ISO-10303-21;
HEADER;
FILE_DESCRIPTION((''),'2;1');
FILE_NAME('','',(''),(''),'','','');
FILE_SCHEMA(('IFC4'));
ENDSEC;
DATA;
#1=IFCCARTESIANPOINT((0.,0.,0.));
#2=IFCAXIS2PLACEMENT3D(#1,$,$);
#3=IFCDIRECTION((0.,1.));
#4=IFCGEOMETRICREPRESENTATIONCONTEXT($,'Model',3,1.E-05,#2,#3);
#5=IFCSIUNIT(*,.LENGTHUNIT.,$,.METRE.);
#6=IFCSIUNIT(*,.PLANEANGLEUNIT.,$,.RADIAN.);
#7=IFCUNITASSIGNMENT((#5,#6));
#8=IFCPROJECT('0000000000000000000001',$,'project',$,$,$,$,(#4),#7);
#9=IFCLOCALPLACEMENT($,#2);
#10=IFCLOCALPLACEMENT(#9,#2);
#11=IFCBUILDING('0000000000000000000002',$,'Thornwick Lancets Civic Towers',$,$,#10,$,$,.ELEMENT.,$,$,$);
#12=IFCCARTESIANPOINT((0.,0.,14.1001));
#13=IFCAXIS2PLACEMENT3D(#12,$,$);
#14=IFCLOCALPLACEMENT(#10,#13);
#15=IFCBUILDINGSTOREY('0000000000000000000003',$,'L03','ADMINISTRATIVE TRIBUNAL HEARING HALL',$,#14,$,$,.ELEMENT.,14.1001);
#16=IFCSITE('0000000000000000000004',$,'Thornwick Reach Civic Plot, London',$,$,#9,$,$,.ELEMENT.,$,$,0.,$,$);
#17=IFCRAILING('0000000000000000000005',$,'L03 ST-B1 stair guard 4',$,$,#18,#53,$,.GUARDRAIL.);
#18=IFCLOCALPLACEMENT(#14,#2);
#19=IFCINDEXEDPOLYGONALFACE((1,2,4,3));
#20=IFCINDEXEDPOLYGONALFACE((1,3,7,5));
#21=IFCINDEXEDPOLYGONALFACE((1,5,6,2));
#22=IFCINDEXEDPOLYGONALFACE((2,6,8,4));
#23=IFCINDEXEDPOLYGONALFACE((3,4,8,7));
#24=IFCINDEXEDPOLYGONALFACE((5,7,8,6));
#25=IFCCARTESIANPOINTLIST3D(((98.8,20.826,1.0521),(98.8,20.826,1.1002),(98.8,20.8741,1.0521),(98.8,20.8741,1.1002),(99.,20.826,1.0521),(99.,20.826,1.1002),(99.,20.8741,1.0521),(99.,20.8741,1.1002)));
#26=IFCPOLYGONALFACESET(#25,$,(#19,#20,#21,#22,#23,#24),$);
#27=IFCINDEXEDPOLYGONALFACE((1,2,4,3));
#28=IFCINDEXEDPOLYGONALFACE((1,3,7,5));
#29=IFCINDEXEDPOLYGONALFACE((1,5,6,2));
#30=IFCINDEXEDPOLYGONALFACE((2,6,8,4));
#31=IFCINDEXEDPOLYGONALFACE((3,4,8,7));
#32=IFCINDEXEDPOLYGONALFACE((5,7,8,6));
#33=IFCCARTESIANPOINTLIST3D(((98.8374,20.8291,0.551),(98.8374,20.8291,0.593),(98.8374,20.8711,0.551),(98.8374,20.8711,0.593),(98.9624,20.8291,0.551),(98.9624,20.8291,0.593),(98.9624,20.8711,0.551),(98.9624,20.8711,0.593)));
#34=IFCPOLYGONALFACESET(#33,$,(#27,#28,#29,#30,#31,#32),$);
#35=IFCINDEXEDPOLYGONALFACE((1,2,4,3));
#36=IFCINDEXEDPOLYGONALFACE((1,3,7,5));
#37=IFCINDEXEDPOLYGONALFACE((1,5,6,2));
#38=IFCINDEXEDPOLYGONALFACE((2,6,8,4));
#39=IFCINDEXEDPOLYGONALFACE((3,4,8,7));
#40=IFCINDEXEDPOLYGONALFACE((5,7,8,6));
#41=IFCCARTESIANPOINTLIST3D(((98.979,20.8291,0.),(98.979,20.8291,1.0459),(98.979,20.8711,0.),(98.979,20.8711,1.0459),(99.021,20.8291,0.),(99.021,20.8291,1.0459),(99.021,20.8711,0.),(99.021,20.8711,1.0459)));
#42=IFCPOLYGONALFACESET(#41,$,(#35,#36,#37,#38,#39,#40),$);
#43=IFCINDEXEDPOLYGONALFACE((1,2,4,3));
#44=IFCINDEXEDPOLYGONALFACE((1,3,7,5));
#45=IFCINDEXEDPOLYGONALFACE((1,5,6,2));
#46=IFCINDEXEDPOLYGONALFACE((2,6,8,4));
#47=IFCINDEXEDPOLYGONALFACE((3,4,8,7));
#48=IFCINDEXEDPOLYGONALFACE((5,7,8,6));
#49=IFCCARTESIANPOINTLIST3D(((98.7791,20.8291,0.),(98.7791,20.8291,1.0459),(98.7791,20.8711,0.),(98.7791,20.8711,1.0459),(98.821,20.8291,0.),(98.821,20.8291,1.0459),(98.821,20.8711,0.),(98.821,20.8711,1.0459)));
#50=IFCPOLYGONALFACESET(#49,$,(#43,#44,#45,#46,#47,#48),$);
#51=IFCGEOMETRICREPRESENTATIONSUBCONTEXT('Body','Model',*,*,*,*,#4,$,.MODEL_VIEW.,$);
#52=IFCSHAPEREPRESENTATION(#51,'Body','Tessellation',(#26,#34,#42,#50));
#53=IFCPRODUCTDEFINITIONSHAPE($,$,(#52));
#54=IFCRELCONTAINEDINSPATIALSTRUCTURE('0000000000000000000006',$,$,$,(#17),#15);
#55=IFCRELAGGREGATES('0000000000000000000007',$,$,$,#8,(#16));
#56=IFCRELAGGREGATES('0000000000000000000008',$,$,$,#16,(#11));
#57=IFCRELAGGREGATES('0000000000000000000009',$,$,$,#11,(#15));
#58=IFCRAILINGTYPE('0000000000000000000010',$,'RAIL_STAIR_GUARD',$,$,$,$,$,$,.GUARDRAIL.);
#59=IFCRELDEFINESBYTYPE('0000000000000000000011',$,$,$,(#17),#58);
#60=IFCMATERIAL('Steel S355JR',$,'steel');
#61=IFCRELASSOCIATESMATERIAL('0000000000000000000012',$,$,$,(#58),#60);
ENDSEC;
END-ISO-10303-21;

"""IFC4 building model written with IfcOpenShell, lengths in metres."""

from ifc_helpers import new_model, si_unit, direction, frame, origin, origin_2d, place, context, subcontext, project, spatial, rectangle, extrude, material, type_object, element, save


model = new_model("IFC4")

# Units and contexts
model_context = context("Model", 3, precision=1e-05, world=origin(), true_north=direction((0.0, 1.0)))
body_context = subcontext(model_context, "Body", "Model", "MODEL_VIEW")
ifc_project = project(units=[si_unit("LENGTHUNIT", "METRE"), si_unit("PLANEANGLEUNIT", "RADIAN")], contexts=[model_context])

# Site, building, storey
site_placement = place(None, origin())
site = spatial("IfcSite", under=ifc_project, at=site_placement, Name="Thornwick Reach Civic Plot, London", CompositionType="ELEMENT", RefElevation=0.0)
building_placement = place(site_placement, origin())
building = spatial("IfcBuilding", under=site, at=building_placement, Name="Thornwick Lancets Civic Towers", CompositionType="ELEMENT")
storey_placement = place(building_placement, frame((0.0, 0.0, 14.1001)))
storey = spatial("IfcBuildingStorey", under=building, at=storey_placement, Name="L03", Description="ADMINISTRATIVE TRIBUNAL HEARING HALL", CompositionType="ELEMENT", Elevation=14.1001)

# Shared definitions
ifc_material_1 = material(Name="Steel S355JR", Category="steel")

# Railing
railing_type_1 = type_object("IfcRailingType", Name="RAIL_STAIR_GUARD", PredefinedType="GUARDRAIL", material=ifc_material_1)
railing_1_placement = place(storey_placement, frame((99.0, 20.8501, 0.0)))
element("IfcRailing", 1, at=railing_1_placement, inside=storey, type_object=railing_type_1, Name="L03 ST-B1 stair guard 4", PredefinedType="GUARDRAIL", context=body_context, shape_type="SweptSolid", body=[
    extrude(rectangle(XDim=0.0481, YDim=0.0481, at=origin_2d()), frame((0.0, 0.0, 1.0762), z_axis=(-1.0, 0.0, 0.0), x_axis=(0.0, -1.0, 0.0)), (0.0, 0.0, 1.0), 0.2),
    extrude(rectangle(XDim=0.042, YDim=0.042, at=origin_2d()), frame((-0.0376, 0.0, 0.572), z_axis=(-1.0, 0.0, 0.0), x_axis=(0.0, -1.0, 0.0)), (0.0, 0.0, 1.0), 0.125),
    extrude(rectangle(XDim=0.042, YDim=0.042, at=origin_2d()), origin(), (0.0, 0.0, 1.0), 1.0459),
    extrude(rectangle(XDim=0.042, YDim=0.042, at=origin_2d()), frame((-0.2, 0.0, 0.0)), (0.0, 0.0, 1.0), 1.0459),
])

save(model, "model.ifc")
